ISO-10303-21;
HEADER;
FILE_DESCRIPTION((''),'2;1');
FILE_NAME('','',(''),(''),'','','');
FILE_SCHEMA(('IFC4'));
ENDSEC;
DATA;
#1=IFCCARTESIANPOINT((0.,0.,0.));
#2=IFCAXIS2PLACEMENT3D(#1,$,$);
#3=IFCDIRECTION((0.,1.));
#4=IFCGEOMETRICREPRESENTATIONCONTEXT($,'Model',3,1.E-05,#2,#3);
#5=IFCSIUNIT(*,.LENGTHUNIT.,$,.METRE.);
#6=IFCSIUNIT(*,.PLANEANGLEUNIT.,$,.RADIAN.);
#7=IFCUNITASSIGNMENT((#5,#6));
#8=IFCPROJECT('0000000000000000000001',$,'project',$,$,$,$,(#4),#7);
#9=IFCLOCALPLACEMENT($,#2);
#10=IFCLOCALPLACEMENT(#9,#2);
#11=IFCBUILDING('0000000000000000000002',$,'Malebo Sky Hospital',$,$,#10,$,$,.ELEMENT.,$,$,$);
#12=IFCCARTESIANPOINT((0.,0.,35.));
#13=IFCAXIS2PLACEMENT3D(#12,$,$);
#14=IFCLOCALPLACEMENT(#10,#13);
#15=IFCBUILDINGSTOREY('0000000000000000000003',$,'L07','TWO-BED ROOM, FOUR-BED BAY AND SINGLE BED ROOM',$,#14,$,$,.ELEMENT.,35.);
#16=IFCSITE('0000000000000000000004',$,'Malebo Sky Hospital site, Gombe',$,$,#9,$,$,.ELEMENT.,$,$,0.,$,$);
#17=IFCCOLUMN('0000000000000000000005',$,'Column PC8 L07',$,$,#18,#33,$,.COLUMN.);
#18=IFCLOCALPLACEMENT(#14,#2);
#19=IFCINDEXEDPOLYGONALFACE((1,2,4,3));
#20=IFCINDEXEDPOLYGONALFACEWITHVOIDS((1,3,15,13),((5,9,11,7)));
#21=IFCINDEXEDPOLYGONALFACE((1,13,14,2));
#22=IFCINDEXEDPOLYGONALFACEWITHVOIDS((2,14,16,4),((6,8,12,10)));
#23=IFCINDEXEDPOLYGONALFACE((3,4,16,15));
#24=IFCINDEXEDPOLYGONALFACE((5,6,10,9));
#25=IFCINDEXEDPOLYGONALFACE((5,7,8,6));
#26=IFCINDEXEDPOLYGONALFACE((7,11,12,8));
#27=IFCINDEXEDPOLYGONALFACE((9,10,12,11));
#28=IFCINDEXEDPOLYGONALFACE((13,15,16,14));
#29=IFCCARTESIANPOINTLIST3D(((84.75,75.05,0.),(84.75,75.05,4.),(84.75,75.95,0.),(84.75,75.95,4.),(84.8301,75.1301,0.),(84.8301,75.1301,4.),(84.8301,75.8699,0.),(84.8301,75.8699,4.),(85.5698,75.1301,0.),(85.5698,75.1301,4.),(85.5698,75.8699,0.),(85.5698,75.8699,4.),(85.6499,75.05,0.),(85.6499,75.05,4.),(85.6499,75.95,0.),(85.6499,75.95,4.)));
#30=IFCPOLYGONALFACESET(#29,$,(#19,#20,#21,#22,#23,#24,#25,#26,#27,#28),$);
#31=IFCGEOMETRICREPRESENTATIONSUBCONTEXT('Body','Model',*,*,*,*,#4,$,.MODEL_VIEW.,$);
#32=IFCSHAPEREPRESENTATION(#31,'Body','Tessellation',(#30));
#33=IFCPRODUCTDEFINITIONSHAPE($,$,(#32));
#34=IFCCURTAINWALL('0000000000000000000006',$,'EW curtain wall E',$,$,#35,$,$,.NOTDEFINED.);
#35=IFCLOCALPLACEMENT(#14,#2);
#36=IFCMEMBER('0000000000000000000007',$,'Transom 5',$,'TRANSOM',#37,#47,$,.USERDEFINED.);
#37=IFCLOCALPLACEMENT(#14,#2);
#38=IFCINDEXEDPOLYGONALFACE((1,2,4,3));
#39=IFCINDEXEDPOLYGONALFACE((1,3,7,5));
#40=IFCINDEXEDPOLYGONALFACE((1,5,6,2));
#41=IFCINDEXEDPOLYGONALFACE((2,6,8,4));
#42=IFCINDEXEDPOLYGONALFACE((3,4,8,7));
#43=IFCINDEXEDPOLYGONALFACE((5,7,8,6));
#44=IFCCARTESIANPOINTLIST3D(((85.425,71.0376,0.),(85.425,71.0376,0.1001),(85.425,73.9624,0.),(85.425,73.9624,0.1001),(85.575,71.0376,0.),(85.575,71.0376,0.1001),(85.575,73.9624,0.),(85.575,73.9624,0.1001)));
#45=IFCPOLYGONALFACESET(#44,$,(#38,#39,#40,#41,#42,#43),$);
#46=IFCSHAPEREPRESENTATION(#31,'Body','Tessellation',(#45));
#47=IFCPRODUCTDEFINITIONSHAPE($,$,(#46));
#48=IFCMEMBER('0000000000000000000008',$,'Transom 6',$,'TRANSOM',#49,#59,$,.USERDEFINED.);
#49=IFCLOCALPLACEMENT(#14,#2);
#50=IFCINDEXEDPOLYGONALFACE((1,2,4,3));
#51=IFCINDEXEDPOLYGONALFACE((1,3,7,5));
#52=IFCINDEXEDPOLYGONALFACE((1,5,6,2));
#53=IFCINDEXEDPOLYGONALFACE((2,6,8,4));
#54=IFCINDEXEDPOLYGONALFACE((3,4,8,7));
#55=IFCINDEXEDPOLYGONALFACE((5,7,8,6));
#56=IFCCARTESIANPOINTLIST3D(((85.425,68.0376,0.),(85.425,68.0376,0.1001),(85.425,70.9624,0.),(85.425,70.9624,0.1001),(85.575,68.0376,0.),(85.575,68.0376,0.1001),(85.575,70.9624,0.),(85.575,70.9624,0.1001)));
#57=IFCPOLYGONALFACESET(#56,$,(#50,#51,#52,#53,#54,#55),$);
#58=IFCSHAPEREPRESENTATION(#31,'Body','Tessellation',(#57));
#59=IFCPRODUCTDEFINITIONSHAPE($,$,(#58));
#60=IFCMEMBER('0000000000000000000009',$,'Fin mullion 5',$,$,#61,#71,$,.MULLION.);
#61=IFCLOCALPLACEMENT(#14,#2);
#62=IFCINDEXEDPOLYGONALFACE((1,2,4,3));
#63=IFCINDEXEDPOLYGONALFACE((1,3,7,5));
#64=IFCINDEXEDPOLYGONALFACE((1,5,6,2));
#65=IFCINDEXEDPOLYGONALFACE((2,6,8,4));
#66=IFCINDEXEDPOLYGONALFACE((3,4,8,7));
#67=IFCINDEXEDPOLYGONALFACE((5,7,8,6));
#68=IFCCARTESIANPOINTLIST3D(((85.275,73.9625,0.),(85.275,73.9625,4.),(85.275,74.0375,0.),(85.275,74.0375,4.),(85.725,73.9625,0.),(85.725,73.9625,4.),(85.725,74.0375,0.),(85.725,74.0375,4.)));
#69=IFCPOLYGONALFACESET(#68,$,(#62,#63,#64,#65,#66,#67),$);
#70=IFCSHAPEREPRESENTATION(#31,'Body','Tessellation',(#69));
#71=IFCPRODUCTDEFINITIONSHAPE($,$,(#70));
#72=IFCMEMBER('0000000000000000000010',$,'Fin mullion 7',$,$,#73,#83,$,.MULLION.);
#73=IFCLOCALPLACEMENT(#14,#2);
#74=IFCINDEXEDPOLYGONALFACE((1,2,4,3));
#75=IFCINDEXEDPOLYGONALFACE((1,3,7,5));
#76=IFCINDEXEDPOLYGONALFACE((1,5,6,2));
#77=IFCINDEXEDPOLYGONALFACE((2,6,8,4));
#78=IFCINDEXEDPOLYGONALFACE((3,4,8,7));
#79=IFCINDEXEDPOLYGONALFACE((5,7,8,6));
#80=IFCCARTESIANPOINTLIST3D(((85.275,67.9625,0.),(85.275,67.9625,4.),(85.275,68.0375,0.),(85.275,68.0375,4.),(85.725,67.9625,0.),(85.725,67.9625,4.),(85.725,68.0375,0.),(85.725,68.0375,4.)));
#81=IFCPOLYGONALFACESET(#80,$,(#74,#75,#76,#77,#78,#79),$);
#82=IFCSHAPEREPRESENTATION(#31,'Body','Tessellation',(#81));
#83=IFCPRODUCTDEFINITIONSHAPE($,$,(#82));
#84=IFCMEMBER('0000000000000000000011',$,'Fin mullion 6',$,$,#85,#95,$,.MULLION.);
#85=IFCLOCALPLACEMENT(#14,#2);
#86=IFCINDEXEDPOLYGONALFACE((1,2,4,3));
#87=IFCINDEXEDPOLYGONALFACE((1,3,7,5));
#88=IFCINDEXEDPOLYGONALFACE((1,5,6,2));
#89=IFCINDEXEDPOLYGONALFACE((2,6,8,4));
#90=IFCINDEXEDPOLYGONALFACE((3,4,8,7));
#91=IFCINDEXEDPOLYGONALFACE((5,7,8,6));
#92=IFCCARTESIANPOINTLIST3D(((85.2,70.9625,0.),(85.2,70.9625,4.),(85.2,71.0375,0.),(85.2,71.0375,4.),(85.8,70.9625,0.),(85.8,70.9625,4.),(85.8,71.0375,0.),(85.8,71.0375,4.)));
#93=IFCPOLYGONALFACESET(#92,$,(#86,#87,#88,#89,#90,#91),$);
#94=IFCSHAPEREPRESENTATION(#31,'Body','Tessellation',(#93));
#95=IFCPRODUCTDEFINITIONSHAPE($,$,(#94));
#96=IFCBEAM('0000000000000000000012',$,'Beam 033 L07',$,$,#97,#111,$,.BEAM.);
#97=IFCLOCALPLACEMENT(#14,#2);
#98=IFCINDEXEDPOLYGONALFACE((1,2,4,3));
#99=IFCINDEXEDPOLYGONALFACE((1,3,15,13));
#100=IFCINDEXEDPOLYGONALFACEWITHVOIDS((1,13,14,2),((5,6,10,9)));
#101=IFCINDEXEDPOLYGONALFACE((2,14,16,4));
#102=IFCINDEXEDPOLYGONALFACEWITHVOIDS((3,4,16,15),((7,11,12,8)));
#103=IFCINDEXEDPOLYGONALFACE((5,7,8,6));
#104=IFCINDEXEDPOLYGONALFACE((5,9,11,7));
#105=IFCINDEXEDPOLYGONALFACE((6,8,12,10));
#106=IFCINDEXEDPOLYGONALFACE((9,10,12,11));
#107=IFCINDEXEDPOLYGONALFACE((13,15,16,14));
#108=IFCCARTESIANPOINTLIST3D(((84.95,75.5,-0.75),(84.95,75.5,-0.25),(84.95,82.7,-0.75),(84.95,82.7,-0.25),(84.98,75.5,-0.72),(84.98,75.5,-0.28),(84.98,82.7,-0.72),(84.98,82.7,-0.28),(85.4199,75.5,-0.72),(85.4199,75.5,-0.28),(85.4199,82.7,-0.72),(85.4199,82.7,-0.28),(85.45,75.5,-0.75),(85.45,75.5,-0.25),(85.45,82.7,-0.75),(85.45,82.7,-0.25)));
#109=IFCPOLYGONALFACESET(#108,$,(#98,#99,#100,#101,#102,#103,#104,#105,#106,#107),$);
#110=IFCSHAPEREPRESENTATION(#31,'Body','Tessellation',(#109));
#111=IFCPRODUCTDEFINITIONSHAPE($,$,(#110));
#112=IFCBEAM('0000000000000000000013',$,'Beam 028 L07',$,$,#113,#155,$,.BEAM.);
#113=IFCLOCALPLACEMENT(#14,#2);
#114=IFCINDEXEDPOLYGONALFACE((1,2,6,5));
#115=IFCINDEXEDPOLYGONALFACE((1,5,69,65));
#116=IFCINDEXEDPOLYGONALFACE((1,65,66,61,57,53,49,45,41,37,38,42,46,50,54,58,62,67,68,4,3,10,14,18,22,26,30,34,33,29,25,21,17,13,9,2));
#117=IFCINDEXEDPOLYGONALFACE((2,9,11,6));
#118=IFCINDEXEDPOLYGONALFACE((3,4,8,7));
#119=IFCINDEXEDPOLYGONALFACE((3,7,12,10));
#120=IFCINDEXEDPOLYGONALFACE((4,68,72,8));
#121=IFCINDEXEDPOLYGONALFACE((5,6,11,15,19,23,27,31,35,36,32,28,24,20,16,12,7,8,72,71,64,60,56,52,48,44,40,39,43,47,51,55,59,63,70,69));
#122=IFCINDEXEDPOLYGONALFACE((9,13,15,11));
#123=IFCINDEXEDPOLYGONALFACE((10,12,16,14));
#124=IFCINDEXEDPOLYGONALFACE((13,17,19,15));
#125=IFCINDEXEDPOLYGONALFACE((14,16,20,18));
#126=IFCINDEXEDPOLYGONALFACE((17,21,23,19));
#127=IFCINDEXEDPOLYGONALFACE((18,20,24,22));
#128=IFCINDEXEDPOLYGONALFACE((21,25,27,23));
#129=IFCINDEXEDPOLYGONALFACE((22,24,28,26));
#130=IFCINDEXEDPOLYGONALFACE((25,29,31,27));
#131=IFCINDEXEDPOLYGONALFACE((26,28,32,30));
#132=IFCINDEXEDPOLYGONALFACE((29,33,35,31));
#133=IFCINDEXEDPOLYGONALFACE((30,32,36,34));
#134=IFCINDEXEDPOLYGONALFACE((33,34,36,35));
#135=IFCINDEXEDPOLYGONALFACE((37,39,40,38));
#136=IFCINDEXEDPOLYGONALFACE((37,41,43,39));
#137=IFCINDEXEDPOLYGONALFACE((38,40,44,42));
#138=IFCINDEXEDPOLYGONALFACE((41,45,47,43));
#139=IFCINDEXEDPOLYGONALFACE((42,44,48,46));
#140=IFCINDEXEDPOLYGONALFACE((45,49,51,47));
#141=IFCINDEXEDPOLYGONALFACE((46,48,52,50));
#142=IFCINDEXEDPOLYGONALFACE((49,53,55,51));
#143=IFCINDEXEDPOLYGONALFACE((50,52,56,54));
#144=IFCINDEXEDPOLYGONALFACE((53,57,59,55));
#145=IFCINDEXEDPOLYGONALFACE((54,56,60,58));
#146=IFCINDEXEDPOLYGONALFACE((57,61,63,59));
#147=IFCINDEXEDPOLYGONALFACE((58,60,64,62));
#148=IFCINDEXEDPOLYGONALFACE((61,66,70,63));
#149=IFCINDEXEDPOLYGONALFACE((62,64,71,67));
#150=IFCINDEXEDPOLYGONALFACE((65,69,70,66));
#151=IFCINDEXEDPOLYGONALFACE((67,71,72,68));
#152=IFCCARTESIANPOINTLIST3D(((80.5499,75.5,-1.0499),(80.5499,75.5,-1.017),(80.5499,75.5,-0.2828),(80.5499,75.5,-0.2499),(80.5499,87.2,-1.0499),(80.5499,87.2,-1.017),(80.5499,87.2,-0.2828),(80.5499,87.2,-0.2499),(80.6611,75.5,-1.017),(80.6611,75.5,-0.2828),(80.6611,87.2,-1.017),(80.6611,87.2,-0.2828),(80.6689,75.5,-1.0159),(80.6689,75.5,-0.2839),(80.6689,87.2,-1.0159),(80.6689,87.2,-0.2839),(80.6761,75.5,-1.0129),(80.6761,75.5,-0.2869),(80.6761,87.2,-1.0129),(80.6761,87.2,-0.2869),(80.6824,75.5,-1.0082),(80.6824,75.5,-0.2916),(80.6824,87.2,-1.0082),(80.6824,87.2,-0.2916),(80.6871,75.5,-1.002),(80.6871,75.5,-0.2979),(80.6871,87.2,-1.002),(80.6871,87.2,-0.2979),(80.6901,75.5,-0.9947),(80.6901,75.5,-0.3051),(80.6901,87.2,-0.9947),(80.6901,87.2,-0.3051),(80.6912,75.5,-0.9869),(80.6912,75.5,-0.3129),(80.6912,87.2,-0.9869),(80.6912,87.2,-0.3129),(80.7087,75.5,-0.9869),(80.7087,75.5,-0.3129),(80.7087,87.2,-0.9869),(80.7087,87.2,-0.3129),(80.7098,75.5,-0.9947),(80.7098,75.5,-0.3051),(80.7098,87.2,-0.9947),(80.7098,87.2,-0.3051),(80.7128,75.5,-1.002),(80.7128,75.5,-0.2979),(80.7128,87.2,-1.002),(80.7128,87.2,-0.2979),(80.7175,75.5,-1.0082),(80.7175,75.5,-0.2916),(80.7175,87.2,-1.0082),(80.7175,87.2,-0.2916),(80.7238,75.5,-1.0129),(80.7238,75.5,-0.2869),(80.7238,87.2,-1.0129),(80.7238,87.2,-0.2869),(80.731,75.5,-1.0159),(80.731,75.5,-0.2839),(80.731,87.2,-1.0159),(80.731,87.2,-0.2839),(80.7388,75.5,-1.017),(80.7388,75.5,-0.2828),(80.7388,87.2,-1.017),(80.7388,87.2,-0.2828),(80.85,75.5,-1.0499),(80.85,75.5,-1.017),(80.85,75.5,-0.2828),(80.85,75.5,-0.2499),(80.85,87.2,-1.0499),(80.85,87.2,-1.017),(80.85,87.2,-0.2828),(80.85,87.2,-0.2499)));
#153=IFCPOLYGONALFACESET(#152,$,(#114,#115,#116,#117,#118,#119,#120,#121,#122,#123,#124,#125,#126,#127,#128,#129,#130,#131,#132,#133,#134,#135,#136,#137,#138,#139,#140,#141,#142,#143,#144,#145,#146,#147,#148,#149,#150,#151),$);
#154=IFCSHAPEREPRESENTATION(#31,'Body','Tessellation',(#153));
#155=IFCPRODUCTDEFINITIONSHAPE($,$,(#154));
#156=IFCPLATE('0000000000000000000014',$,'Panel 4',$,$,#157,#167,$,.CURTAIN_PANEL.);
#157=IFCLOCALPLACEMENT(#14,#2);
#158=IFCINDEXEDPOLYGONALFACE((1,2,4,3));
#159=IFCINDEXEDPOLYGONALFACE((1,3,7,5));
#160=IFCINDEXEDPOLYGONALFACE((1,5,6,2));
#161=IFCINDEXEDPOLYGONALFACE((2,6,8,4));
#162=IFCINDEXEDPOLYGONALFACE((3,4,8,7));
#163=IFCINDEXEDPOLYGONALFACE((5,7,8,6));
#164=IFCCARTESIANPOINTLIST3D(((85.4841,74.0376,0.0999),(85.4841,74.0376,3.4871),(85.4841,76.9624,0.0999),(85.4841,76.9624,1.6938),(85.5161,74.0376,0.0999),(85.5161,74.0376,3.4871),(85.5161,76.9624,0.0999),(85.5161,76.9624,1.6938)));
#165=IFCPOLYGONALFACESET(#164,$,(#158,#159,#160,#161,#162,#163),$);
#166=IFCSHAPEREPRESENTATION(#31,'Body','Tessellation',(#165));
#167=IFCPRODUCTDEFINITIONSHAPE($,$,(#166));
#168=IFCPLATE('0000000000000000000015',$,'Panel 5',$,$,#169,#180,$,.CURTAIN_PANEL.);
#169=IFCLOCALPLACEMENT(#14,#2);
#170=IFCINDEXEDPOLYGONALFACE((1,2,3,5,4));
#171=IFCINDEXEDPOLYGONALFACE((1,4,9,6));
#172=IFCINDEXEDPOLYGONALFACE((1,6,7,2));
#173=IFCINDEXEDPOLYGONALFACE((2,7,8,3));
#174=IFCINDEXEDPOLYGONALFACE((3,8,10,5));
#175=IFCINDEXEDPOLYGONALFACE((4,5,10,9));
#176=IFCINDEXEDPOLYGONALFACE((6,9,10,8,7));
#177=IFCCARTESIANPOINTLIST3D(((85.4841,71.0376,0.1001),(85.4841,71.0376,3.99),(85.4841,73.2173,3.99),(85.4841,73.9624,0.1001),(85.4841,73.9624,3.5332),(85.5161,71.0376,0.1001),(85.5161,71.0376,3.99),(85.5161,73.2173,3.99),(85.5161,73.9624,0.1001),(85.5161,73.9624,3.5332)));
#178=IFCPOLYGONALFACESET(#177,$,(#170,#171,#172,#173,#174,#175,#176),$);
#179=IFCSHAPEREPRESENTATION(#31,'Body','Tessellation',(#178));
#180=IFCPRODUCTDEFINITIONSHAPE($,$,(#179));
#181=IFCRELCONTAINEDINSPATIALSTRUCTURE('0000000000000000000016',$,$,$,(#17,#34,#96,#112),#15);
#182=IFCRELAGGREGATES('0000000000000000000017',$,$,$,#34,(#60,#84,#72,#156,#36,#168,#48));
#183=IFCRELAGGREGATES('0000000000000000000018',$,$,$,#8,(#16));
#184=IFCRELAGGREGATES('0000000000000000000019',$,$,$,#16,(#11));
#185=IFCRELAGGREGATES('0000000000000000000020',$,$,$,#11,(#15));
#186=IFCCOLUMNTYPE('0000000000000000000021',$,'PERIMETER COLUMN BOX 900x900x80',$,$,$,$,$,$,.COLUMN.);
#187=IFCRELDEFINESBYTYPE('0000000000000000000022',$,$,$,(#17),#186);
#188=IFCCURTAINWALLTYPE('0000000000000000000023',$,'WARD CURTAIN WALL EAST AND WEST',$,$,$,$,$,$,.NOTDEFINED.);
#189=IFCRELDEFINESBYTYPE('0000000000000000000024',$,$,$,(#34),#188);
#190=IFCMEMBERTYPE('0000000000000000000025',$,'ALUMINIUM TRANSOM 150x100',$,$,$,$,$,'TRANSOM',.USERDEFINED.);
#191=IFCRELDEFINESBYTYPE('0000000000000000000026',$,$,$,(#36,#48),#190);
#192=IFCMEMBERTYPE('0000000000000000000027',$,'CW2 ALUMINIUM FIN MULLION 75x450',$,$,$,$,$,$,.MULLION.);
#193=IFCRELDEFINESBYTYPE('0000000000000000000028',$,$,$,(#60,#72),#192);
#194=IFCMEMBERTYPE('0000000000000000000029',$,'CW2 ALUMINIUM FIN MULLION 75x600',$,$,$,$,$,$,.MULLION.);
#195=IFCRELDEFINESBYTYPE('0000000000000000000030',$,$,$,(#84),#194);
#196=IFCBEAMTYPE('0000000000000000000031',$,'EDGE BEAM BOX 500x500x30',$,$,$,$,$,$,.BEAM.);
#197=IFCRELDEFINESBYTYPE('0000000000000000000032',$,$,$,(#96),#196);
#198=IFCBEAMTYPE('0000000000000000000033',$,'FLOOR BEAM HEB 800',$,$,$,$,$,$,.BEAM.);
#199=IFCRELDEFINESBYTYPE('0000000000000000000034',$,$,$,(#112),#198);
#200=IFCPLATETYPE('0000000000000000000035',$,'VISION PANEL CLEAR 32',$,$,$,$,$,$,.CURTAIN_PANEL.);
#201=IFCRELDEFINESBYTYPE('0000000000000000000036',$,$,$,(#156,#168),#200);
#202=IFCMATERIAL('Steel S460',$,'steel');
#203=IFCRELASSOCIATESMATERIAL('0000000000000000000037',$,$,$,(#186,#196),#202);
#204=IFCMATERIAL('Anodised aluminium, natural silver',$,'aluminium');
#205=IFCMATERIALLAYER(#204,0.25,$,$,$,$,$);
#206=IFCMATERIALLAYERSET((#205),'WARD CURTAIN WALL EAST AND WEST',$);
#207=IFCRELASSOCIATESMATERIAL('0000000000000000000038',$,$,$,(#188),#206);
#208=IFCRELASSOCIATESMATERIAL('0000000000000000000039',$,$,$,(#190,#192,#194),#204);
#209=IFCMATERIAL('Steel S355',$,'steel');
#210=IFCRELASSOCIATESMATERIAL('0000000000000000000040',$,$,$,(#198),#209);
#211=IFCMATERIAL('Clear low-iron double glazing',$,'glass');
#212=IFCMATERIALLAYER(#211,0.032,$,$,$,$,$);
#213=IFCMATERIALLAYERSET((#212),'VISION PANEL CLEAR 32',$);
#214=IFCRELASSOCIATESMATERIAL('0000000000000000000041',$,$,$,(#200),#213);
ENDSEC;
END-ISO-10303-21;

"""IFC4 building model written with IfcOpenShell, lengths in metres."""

from ifc_helpers import new_model, si_unit, direction, frame, origin, origin_2d, place, context, subcontext, project, spatial, polyline, rectangle, hollow_rectangle, i_section, outline, extrude, material, layer, layer_set, material_profile, profile_set, type_object, element, aggregate, save


model = new_model("IFC4")

# Units and contexts
model_context = context("Model", 3, precision=1e-05, world=origin(), true_north=direction((0.0, 1.0)))
body_context = subcontext(model_context, "Body", "Model", "MODEL_VIEW")
ifc_project = project(units=[si_unit("LENGTHUNIT", "METRE"), si_unit("PLANEANGLEUNIT", "RADIAN")], contexts=[model_context])

# Site, building, storey
site_placement = place(None, origin())
site = spatial("IfcSite", under=ifc_project, at=site_placement, Name="Malebo Sky Hospital site, Gombe", CompositionType="ELEMENT", RefElevation=0.0)
building_placement = place(site_placement, origin())
building = spatial("IfcBuilding", under=site, at=building_placement, Name="Malebo Sky Hospital", CompositionType="ELEMENT")
storey_placement = place(building_placement, frame((0.0, 0.0, 35.0)))
storey = spatial("IfcBuildingStorey", under=building, at=storey_placement, Name="L07", Description="TWO-BED ROOM, FOUR-BED BAY AND SINGLE BED ROOM", CompositionType="ELEMENT", Elevation=35.0)

# Column
ifc_material_1 = material(Name="Steel S460", Category="steel")
ifc_material_profile_1 = material_profile(ifc_material_1, hollow_rectangle(XDim=0.8999, YDim=0.8999, WallThickness=0.0801, at=origin_2d()), Name="BOX 900x900x80")
ifc_profile_set_1 = profile_set([ifc_material_profile_1], Name="Steel S460")
column_type = type_object("IfcColumnType", Name="PERIMETER COLUMN BOX 900x900x80", PredefinedType="COLUMN", material=ifc_profile_set_1)
column_placement = place(storey_placement, frame((85.2, 75.5, 0.0), z_axis=(0.0, 0.0, 1.0), x_axis=(1.0, 0.0, 0.0)))
element("IfcColumn", 1, at=column_placement, inside=storey, type_object=column_type, Name="Column PC8 L07", PredefinedType="COLUMN", context=body_context, shape_type="SweptSolid", body=[
    extrude(hollow_rectangle(XDim=0.8999, YDim=0.8999, WallThickness=0.0801, at=origin_2d()), origin(), (0.0, 0.0, 1.0), 4.0),
])

# Curtain wall, members
ifc_material_2 = material(Name="Anodised aluminium, natural silver", Category="aluminium")
ifc_layer_1 = layer(ifc_material_2, 0.25)
ifc_layer_set_1 = layer_set([ifc_layer_1], Name="WARD CURTAIN WALL EAST AND WEST")
curtain_wall_type = type_object("IfcCurtainWallType", Name="WARD CURTAIN WALL EAST AND WEST", PredefinedType="NOTDEFINED", material=ifc_layer_set_1)
curtain_wall_placement = place(storey_placement, origin())
curtain_wall = element("IfcCurtainWall", 2, at=curtain_wall_placement, inside=storey, type_object=curtain_wall_type, Name="EW curtain wall E", PredefinedType="NOTDEFINED")
ifc_material_profile_2 = material_profile(ifc_material_2, rectangle(XDim=0.1499, YDim=0.1001, at=origin_2d()), Name="ALUMINIUM TRANSOM 150x100")
ifc_profile_set_2 = profile_set([ifc_material_profile_2], Name="Anodised aluminium, natural silver")
member_type_1 = type_object("IfcMemberType", Name="ALUMINIUM TRANSOM 150x100", ElementType="TRANSOM", PredefinedType="USERDEFINED", material=ifc_profile_set_2)
member_1_placement = place(storey_placement, frame((85.5, 73.9624, 0.05), z_axis=(0.0, -1.0, 0.0), x_axis=(1.0, 0.0, 0.0)))
member_1 = element("IfcMember", 3, at=member_1_placement, type_object=member_type_1, Name="Transom 5", ObjectType="TRANSOM", PredefinedType="USERDEFINED", context=body_context, shape_type="SweptSolid", body=[
    extrude(rectangle(XDim=0.1499, YDim=0.1001, at=origin_2d()), origin(), (0.0, 0.0, 1.0), 2.9248),
])
member_2_placement = place(storey_placement, frame((85.5, 70.9624, 0.05), z_axis=(0.0, -1.0, 0.0), x_axis=(1.0, 0.0, 0.0)))
member_2 = element("IfcMember", 4, at=member_2_placement, type_object=member_type_1, Name="Transom 6", ObjectType="TRANSOM", PredefinedType="USERDEFINED", context=body_context, shape_type="SweptSolid", body=[
    extrude(rectangle(XDim=0.1499, YDim=0.1001, at=origin_2d()), origin(), (0.0, 0.0, 1.0), 2.9248),
])
ifc_material_profile_3 = material_profile(ifc_material_2, rectangle(XDim=0.075, YDim=0.45, at=origin_2d()), Name="CW2 ALUMINIUM FIN MULLION 75x450")
ifc_profile_set_3 = profile_set([ifc_material_profile_3], Name="Anodised aluminium, natural silver")
member_type_2 = type_object("IfcMemberType", Name="CW2 ALUMINIUM FIN MULLION 75x450", PredefinedType="MULLION", material=ifc_profile_set_3)
member_3_placement = place(storey_placement, frame((85.5, 74.0, 0.0), z_axis=(0.0, 0.0, 1.0), x_axis=(0.0, -1.0, 0.0)))
member_3 = element("IfcMember", 5, at=member_3_placement, type_object=member_type_2, Name="Fin mullion 5", PredefinedType="MULLION", context=body_context, shape_type="SweptSolid", body=[
    extrude(rectangle(XDim=0.075, YDim=0.45, at=origin_2d()), origin(), (0.0, 0.0, 1.0), 4.0),
])
member_4_placement = place(storey_placement, frame((85.5, 68.0, 0.0), z_axis=(0.0, 0.0, 1.0), x_axis=(0.0, -1.0, 0.0)))
member_4 = element("IfcMember", 6, at=member_4_placement, type_object=member_type_2, Name="Fin mullion 7", PredefinedType="MULLION", context=body_context, shape_type="SweptSolid", body=[
    extrude(rectangle(XDim=0.075, YDim=0.45, at=origin_2d()), origin(), (0.0, 0.0, 1.0), 4.0),
])
ifc_material_profile_4 = material_profile(ifc_material_2, rectangle(XDim=0.075, YDim=0.6001, at=origin_2d()), Name="CW2 ALUMINIUM FIN MULLION 75x600")
ifc_profile_set_4 = profile_set([ifc_material_profile_4], Name="Anodised aluminium, natural silver")
member_type_3 = type_object("IfcMemberType", Name="CW2 ALUMINIUM FIN MULLION 75x600", PredefinedType="MULLION", material=ifc_profile_set_4)
member_5_placement = place(storey_placement, frame((85.5, 71.0, 0.0), z_axis=(0.0, 0.0, 1.0), x_axis=(0.0, -1.0, 0.0)))
member_5 = element("IfcMember", 7, at=member_5_placement, type_object=member_type_3, Name="Fin mullion 6", PredefinedType="MULLION", context=body_context, shape_type="SweptSolid", body=[
    extrude(rectangle(XDim=0.075, YDim=0.6001, at=origin_2d()), origin(), (0.0, 0.0, 1.0), 4.0),
])

# Beams
ifc_material_profile_5 = material_profile(ifc_material_1, hollow_rectangle(XDim=0.5, YDim=0.5, WallThickness=0.03, at=origin_2d()), Name="BOX 500x500x30")
ifc_profile_set_5 = profile_set([ifc_material_profile_5], Name="Steel S460")
beam_type_1 = type_object("IfcBeamType", Name="EDGE BEAM BOX 500x500x30", PredefinedType="BEAM", material=ifc_profile_set_5)
beam_1_placement = place(storey_placement, frame((85.2, 75.5, -0.5), z_axis=(0.0, 1.0, 0.0), x_axis=(-1.0, 0.0, 0.0)))
element("IfcBeam", 8, at=beam_1_placement, inside=storey, type_object=beam_type_1, Name="Beam 033 L07", PredefinedType="BEAM", context=body_context, shape_type="SweptSolid", body=[
    extrude(hollow_rectangle(XDim=0.5, YDim=0.5, WallThickness=0.03, at=origin_2d()), origin(), (0.0, 0.0, 1.0), 7.2),
])
ifc_material_3 = material(Name="Steel S355", Category="steel")
ifc_material_profile_6 = material_profile(ifc_material_3, i_section(OverallWidth=0.3, OverallDepth=0.8, WebThickness=0.0176, FlangeThickness=0.033, FilletRadius=0.03, at=origin_2d()), Name="HEB 800")
ifc_profile_set_6 = profile_set([ifc_material_profile_6], Name="Steel S355")
beam_type_2 = type_object("IfcBeamType", Name="FLOOR BEAM HEB 800", PredefinedType="BEAM", material=ifc_profile_set_6)
beam_2_placement = place(storey_placement, frame((80.7, 75.5, -0.6499), z_axis=(0.0, 1.0, 0.0), x_axis=(-1.0, 0.0, 0.0)))
element("IfcBeam", 9, at=beam_2_placement, inside=storey, type_object=beam_type_2, Name="Beam 028 L07", PredefinedType="BEAM", context=body_context, shape_type="SweptSolid", body=[
    extrude(i_section(OverallWidth=0.3, OverallDepth=0.8, WebThickness=0.0176, FlangeThickness=0.033, FilletRadius=0.03, at=origin_2d()), origin(), (0.0, 0.0, 1.0), 11.7),
])

# Plates
ifc_material_4 = material(Name="Clear low-iron double glazing", Category="glass")
ifc_layer_2 = layer(ifc_material_4, 0.032)
ifc_layer_set_2 = layer_set([ifc_layer_2], Name="VISION PANEL CLEAR 32")
plate_type = type_object("IfcPlateType", Name="VISION PANEL CLEAR 32", PredefinedType="CURTAIN_PANEL", material=ifc_layer_set_2)
plate_1_placement = place(storey_placement, frame((85.5, 75.5, 0.0999), z_axis=(0.0, 0.0, 1.0), x_axis=(0.0, -1.0, 0.0)))
plate_1 = element("IfcPlate", 10, at=plate_1_placement, type_object=plate_type, Name="Panel 4", PredefinedType="CURTAIN_PANEL", context=body_context, shape_type="SweptSolid", body=[
    extrude(outline(polyline([(-1.4624, 0.0), (1.4624, 0.0), (1.4624, 3.3872), (-1.4624, 1.594), (-1.4624, 0.0)])), frame((0.0, 0.0161, 0.0), z_axis=(0.0, -1.0, 0.0), x_axis=(1.0, 0.0, 0.0)), (0.0, 0.0, 1.0), 0.032),
])
plate_2_placement = place(storey_placement, frame((85.5, 72.5, 0.1001), z_axis=(0.0, 0.0, 1.0), x_axis=(0.0, -1.0, 0.0)))
plate_2 = element("IfcPlate", 11, at=plate_2_placement, type_object=plate_type, Name="Panel 5", PredefinedType="CURTAIN_PANEL", context=body_context, shape_type="SweptSolid", body=[
    extrude(outline(polyline([(-1.4624, 0.0), (1.4624, 0.0), (1.4624, 3.8899), (-0.7173, 3.8899), (-1.4624, 3.4331), (-1.4624, 0.0)])), frame((0.0, 0.0161, 0.0), z_axis=(0.0, -1.0, 0.0), x_axis=(1.0, 0.0, 0.0)), (0.0, 0.0, 1.0), 0.032),
])
aggregate(curtain_wall, [member_3, member_5, member_4, plate_1, member_1, plate_2, member_2])

save(model, "model.ifc")
